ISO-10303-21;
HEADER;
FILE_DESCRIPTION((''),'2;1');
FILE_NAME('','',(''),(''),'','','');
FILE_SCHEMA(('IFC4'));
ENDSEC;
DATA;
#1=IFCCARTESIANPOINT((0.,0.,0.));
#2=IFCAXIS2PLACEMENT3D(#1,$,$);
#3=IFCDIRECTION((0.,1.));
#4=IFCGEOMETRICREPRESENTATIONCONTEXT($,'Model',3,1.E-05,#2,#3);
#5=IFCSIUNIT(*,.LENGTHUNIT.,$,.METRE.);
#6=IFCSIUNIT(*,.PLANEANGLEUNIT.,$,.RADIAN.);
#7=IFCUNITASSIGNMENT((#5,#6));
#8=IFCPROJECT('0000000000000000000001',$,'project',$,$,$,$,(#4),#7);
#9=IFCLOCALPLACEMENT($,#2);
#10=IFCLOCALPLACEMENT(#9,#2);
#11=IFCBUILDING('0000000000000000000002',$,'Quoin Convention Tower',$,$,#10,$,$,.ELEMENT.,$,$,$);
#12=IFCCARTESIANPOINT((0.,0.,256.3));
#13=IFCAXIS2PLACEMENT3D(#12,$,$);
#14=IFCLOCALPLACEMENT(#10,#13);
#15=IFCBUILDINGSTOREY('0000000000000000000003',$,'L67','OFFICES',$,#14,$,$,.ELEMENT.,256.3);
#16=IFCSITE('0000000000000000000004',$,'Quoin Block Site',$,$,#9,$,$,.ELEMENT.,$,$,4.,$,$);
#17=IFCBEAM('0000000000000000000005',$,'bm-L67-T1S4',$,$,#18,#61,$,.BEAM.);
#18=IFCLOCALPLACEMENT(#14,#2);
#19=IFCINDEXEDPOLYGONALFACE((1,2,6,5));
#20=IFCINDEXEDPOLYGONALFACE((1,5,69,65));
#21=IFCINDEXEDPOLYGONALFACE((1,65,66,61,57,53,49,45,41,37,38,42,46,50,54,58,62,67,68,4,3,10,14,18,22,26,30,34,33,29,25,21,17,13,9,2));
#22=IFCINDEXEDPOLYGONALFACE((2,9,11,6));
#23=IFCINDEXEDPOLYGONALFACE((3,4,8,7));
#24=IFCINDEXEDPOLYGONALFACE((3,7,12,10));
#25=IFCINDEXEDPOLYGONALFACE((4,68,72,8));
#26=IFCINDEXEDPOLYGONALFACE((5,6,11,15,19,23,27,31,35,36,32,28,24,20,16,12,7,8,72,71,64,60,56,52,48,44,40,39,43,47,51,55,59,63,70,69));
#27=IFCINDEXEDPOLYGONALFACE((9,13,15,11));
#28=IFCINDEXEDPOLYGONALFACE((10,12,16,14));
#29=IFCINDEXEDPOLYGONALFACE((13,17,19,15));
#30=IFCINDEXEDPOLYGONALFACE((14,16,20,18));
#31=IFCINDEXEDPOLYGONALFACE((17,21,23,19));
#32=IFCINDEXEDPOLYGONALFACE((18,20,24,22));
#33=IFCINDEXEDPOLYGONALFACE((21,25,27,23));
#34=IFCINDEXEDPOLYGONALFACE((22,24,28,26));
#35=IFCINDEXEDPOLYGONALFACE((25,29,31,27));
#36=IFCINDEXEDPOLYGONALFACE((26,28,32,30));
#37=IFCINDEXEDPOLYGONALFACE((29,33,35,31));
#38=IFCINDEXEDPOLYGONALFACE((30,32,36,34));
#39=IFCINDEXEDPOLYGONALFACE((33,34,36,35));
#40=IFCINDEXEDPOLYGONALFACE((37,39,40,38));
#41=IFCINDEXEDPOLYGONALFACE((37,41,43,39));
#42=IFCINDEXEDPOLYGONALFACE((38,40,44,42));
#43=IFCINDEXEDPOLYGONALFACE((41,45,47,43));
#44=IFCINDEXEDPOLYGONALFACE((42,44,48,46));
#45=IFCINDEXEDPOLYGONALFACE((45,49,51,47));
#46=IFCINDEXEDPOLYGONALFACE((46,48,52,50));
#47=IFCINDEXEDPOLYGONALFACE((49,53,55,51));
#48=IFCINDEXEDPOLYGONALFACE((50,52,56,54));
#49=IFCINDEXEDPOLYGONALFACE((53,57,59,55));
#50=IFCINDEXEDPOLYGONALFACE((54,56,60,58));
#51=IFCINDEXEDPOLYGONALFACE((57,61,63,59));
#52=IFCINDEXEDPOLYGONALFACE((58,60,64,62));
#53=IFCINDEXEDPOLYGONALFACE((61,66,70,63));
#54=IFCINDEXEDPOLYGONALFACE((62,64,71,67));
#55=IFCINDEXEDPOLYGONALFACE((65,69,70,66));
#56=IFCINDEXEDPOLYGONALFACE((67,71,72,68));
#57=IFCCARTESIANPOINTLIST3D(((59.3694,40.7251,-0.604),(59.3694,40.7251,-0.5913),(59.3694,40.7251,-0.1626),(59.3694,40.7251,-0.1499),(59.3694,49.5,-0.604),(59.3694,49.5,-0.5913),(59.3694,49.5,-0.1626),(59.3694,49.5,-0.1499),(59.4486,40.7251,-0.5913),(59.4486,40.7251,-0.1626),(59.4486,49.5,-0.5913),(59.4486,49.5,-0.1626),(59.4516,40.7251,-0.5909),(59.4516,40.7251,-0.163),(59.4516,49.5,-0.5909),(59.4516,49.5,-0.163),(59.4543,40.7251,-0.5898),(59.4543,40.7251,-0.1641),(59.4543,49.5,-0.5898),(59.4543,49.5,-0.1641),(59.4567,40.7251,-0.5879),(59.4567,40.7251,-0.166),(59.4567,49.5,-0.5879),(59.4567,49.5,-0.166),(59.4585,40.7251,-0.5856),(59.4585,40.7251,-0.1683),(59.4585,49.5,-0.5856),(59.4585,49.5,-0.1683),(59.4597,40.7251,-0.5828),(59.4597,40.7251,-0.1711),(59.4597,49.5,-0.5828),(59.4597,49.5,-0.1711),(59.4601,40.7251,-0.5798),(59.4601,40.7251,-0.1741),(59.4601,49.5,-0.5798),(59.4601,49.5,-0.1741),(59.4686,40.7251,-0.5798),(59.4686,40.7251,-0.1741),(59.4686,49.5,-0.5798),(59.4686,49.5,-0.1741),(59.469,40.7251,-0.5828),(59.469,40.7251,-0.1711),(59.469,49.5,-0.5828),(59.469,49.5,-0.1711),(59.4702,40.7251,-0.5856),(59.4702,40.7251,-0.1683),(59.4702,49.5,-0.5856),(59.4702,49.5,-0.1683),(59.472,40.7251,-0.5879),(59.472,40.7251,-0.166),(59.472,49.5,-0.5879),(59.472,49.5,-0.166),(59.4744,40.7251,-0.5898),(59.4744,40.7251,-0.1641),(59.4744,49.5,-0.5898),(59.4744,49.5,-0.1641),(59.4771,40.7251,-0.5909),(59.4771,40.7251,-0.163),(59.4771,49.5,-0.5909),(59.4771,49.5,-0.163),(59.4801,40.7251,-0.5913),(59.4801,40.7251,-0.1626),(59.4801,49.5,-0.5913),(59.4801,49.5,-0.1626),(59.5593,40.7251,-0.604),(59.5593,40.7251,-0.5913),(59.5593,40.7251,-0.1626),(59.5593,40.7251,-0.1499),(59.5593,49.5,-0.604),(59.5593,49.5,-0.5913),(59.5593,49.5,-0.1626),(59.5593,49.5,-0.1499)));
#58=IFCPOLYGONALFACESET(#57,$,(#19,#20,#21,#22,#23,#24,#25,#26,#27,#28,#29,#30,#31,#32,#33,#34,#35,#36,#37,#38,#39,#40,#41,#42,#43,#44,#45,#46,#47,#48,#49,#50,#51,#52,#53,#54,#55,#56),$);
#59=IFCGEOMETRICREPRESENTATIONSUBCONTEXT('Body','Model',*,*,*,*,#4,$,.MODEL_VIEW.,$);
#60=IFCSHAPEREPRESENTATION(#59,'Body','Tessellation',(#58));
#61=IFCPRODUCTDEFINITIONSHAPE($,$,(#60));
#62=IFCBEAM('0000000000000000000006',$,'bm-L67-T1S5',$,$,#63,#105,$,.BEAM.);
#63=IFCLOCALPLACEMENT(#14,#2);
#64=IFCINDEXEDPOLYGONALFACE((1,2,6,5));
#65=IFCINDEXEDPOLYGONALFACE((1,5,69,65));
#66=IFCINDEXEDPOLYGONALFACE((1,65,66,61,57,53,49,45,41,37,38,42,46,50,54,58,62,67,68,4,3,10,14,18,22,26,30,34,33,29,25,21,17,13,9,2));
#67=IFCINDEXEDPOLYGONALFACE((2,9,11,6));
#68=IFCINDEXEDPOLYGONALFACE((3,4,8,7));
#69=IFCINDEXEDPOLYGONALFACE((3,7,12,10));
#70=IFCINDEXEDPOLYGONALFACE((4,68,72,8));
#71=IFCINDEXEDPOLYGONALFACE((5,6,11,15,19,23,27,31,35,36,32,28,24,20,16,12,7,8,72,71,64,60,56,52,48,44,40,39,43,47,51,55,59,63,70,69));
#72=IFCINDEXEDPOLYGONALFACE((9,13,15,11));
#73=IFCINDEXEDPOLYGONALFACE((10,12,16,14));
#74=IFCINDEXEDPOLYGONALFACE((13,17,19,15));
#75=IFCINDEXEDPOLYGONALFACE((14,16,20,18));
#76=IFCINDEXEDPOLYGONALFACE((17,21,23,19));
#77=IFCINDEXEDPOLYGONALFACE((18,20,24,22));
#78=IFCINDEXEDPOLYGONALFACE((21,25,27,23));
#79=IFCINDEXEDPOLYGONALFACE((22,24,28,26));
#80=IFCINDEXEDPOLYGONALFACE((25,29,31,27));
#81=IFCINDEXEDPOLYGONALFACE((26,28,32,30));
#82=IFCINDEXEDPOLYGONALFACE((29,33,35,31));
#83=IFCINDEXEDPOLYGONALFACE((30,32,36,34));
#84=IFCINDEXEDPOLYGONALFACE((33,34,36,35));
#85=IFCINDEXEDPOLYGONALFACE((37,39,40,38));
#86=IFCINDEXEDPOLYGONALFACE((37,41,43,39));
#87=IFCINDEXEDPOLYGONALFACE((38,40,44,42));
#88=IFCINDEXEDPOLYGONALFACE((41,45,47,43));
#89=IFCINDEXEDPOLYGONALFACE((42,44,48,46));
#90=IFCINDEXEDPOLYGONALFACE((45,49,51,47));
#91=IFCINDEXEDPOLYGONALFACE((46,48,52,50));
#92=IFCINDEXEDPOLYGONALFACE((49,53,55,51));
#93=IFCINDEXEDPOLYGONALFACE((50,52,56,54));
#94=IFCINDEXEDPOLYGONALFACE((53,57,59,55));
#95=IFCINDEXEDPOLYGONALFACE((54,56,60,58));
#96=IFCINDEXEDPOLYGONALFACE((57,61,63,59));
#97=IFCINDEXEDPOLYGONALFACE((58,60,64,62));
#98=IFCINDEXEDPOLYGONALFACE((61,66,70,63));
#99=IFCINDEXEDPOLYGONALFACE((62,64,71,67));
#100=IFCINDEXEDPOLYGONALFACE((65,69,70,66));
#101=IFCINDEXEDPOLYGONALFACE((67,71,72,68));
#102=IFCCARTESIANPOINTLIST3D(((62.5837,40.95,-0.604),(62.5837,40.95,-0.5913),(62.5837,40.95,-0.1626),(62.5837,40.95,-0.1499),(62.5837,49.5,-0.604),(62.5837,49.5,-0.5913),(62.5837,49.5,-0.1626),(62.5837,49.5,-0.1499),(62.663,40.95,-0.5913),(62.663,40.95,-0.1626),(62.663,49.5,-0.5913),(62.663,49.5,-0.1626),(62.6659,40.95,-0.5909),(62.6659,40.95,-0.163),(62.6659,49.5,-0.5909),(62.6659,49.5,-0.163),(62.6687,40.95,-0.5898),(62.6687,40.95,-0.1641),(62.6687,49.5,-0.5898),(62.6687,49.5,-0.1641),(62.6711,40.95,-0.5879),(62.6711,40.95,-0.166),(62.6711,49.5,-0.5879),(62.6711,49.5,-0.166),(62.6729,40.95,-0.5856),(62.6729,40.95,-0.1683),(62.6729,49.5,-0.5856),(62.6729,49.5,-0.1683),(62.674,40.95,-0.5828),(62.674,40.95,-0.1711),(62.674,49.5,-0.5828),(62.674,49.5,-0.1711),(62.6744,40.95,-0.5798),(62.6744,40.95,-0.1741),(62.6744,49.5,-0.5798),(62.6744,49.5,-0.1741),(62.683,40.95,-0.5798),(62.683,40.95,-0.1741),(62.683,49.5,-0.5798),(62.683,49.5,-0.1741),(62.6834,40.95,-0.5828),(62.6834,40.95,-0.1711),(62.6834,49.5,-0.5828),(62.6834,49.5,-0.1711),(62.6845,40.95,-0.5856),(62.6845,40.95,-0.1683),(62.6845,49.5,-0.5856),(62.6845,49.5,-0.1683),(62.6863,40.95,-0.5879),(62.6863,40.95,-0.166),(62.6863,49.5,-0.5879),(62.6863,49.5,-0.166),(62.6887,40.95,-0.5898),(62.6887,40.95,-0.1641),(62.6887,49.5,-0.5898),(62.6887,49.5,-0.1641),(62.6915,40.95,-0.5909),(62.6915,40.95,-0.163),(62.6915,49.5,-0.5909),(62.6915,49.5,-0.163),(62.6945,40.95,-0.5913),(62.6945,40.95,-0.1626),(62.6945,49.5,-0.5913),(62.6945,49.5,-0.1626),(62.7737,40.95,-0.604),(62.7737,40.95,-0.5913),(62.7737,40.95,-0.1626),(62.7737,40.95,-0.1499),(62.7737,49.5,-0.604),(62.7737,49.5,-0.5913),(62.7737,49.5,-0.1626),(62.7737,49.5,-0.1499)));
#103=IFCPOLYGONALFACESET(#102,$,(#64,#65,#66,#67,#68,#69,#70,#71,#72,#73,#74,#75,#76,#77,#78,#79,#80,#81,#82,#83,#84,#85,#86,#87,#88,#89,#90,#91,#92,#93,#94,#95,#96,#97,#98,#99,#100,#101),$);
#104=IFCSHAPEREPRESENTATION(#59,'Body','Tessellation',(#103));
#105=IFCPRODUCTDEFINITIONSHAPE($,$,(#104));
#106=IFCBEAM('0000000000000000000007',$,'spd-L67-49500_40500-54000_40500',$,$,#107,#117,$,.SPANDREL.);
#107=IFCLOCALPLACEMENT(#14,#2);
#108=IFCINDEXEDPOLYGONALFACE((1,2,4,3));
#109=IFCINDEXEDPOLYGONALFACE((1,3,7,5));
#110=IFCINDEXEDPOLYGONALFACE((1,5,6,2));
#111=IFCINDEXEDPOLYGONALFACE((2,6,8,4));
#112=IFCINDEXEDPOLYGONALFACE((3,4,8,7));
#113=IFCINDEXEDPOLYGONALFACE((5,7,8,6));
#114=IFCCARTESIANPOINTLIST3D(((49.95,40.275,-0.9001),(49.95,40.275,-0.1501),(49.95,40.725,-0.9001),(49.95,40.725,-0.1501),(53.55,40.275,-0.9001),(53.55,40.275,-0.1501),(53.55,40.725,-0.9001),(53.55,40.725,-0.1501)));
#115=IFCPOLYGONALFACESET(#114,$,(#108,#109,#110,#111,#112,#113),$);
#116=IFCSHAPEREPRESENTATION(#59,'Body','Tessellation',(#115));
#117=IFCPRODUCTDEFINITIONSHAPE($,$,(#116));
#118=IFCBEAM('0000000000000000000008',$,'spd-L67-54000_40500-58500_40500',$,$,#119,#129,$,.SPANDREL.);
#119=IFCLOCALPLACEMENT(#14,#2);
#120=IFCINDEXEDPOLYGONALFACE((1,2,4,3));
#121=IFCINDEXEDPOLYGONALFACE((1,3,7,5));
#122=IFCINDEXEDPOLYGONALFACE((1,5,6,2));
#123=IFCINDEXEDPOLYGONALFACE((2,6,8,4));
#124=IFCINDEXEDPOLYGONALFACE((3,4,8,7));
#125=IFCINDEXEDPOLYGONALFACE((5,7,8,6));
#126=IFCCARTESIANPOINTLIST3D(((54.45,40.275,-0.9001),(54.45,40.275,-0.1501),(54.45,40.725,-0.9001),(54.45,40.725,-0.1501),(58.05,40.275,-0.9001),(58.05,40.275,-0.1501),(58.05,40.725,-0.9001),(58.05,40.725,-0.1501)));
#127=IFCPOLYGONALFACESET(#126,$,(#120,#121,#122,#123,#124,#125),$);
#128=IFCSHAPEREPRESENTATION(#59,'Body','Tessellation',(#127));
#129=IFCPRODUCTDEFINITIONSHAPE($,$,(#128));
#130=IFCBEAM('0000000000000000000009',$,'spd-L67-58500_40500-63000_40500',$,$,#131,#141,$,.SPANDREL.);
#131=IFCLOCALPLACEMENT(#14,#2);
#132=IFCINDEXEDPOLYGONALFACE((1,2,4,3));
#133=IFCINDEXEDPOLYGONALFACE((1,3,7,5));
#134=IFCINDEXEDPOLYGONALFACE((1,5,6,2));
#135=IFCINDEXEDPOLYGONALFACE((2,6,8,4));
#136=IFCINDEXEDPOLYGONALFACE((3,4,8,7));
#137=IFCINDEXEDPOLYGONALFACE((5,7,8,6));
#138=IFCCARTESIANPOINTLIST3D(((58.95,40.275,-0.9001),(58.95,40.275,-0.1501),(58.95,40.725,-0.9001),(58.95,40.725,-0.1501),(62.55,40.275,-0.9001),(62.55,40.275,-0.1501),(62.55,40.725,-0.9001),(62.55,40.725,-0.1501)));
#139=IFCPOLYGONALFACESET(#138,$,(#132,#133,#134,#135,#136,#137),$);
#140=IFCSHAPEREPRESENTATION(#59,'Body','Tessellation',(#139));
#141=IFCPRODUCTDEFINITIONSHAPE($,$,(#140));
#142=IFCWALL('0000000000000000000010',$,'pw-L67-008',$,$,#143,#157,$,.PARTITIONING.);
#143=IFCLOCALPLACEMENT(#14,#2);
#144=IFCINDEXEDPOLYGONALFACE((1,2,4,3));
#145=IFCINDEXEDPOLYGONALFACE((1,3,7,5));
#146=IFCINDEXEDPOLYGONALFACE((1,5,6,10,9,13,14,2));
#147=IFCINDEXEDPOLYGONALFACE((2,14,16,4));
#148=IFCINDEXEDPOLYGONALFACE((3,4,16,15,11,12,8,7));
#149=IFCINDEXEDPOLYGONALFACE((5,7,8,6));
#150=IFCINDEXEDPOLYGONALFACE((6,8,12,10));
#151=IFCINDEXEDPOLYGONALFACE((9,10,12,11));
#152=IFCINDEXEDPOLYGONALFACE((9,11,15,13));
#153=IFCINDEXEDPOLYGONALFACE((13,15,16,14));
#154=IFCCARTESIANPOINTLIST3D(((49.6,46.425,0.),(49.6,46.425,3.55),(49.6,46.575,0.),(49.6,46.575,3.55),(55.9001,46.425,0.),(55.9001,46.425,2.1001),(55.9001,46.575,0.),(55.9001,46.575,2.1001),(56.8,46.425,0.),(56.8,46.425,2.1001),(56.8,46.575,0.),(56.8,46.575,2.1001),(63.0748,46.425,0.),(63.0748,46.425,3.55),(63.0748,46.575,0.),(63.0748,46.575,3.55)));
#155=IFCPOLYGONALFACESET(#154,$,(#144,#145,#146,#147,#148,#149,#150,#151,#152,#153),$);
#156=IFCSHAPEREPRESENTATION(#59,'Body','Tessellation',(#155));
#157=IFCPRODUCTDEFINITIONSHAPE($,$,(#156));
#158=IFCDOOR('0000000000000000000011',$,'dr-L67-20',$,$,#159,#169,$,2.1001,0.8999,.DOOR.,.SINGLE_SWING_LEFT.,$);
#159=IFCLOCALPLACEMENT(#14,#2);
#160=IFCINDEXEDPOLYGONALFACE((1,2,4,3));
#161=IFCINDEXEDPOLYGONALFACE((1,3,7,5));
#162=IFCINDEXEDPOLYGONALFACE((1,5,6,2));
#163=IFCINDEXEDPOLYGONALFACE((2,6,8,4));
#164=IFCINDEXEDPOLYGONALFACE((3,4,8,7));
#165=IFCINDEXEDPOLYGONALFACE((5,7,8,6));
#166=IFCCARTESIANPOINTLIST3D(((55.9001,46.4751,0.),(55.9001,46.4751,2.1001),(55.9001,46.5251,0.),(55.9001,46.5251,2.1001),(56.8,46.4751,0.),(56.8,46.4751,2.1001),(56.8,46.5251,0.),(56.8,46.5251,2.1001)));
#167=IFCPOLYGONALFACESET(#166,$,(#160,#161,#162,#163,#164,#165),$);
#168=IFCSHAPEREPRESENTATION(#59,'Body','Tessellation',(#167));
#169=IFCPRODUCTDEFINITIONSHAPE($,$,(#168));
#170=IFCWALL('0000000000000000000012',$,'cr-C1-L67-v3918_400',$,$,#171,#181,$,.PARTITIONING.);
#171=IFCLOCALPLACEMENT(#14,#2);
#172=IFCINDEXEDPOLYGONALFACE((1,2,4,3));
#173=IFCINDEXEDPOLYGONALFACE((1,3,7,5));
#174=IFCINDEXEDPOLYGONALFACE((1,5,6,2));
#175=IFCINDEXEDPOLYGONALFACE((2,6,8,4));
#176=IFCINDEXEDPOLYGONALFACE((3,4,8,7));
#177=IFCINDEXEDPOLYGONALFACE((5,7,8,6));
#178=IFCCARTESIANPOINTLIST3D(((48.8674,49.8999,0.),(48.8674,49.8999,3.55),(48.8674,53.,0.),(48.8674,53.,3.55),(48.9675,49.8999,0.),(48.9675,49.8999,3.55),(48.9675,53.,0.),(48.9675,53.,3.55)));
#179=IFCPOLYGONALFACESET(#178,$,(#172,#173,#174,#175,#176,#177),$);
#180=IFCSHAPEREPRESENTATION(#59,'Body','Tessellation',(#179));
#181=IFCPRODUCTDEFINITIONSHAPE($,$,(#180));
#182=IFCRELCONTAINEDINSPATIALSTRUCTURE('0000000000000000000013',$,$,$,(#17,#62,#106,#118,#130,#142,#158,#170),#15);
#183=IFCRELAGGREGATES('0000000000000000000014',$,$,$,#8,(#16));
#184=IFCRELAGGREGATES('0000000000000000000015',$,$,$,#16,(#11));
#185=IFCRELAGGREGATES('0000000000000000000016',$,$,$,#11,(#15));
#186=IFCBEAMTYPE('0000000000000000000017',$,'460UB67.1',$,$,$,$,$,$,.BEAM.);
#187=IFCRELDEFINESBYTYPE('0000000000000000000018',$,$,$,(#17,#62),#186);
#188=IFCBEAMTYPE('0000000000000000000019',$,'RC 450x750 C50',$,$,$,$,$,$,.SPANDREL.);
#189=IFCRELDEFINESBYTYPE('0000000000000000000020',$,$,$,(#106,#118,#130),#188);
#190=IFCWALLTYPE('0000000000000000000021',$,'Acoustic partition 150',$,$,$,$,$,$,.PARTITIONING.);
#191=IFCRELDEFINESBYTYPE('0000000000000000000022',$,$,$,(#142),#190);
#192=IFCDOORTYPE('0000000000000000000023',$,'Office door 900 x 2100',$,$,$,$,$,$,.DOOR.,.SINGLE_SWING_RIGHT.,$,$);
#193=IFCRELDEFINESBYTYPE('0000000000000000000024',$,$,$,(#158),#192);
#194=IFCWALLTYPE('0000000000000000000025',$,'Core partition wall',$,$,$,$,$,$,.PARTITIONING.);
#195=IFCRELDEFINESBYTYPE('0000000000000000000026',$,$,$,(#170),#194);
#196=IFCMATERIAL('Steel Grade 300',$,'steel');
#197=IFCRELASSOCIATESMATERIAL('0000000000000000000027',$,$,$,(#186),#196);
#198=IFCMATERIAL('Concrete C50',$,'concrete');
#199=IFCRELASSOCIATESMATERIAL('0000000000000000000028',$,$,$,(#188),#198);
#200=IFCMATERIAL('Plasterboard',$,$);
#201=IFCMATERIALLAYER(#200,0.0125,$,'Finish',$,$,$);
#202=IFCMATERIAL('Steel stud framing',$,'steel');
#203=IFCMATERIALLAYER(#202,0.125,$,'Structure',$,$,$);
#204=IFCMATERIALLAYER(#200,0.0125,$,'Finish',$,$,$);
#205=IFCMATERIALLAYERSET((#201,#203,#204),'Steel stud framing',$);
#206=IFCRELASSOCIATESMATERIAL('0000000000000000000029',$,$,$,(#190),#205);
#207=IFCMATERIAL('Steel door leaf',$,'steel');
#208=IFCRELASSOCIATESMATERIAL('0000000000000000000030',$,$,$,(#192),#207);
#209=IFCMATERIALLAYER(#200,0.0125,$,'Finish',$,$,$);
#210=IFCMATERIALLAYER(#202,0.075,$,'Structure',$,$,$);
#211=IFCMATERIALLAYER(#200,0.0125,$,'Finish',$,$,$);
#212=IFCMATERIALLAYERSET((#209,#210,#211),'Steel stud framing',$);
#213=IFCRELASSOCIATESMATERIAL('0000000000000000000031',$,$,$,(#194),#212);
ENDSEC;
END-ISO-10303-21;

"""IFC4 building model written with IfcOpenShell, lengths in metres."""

from ifc_helpers import new_model, si_unit, direction, frame, frame_2d, origin, origin_2d, place, context, subcontext, project, spatial, rectangle, i_section, extrude, material, layer, layer_set, material_profile, profile_set, type_object, element, fill, save


model = new_model("IFC4")

# Units and contexts
model_context = context("Model", 3, precision=1e-05, world=origin(), true_north=direction((0.0, 1.0)))
body_context = subcontext(model_context, "Body", "Model", "MODEL_VIEW")
ifc_project = project(units=[si_unit("LENGTHUNIT", "METRE"), si_unit("PLANEANGLEUNIT", "RADIAN")], contexts=[model_context])

# Site, building, storey
site_placement = place(None, origin())
site = spatial("IfcSite", under=ifc_project, at=site_placement, Name="Quoin Block Site", CompositionType="ELEMENT", RefElevation=4.0)
building_placement = place(site_placement, origin())
building = spatial("IfcBuilding", under=site, at=building_placement, Name="Quoin Convention Tower", CompositionType="ELEMENT")
storey_placement = place(building_placement, frame((0.0, 0.0, 256.3)))
storey = spatial("IfcBuildingStorey", under=building, at=storey_placement, Name="L67", Description="OFFICES", CompositionType="ELEMENT", Elevation=256.3)

# Shared definitions
ifc_material_1 = material(Name="Concrete C50", Category="concrete")

# Beams
ifc_material_2 = material(Name="Steel Grade 300", Category="steel")
ifc_material_profile_1 = material_profile(ifc_material_2, i_section(OverallWidth=0.1899, OverallDepth=0.4541, WebThickness=0.0085, FlangeThickness=0.0127, FilletRadius=0.0115, at=origin_2d()), Name="460UB67.1")
ifc_profile_set_1 = profile_set([ifc_material_profile_1], Name="Steel Grade 300")
beam_type_1 = type_object("IfcBeamType", Name="460UB67.1", PredefinedType="BEAM", material=ifc_profile_set_1)
for number, where, z_axis, x_axis, name in (
    (1, (59.4644, 40.7251, -0.377), (0.0, 1.0, 0.0), (-1.0, 0.0, 0.0), "bm-L67-T1S4"),
):
    element("IfcBeam", number, at=place(storey_placement, frame(where, z_axis=z_axis, x_axis=x_axis)), inside=storey, type_object=beam_type_1, Name=name, PredefinedType="BEAM", context=body_context, shape_type="SweptSolid", body=[
        extrude(i_section(OverallWidth=0.1899, OverallDepth=0.4541, WebThickness=0.0085, FlangeThickness=0.0127, FilletRadius=0.0115, at=origin_2d()), origin(), (0.0, 0.0, 1.0), 8.7749),
    ])
beam_1_placement = place(storey_placement, frame((62.6787, 40.95, -0.377), z_axis=(0.0, 1.0, 0.0), x_axis=(-1.0, 0.0, 0.0)))
element("IfcBeam", 2, at=beam_1_placement, inside=storey, type_object=beam_type_1, Name="bm-L67-T1S5", PredefinedType="BEAM", context=body_context, shape_type="SweptSolid", body=[
    extrude(i_section(OverallWidth=0.1899, OverallDepth=0.4541, WebThickness=0.0085, FlangeThickness=0.0127, FilletRadius=0.0115, at=origin_2d()), origin(), (0.0, 0.0, 1.0), 8.55),
])
ifc_material_profile_2 = material_profile(ifc_material_1, rectangle(XDim=0.45, YDim=0.75, at=origin_2d()), Name="RC 450x750")
ifc_profile_set_2 = profile_set([ifc_material_profile_2], Name="Concrete C50")
beam_type_2 = type_object("IfcBeamType", Name="RC 450x750 C50", PredefinedType="SPANDREL", material=ifc_profile_set_2)
for number, where, z_axis, x_axis, name in (
    (3, (49.95, 40.5, -0.5251), (1.0, 0.0, 0.0), (0.0, 1.0, 0.0), "spd-L67-49500_40500-54000_40500"),
    (4, (54.45, 40.5, -0.5251), (1.0, 0.0, 0.0), (0.0, 1.0, 0.0), "spd-L67-54000_40500-58500_40500"),
    (5, (58.95, 40.5, -0.5251), (1.0, 0.0, 0.0), (0.0, 1.0, 0.0), "spd-L67-58500_40500-63000_40500"),
):
    element("IfcBeam", number, at=place(storey_placement, frame(where, z_axis=z_axis, x_axis=x_axis)), inside=storey, type_object=beam_type_2, Name=name, PredefinedType="SPANDREL", context=body_context, shape_type="SweptSolid", body=[
        extrude(rectangle(XDim=0.45, YDim=0.75, at=origin_2d()), origin(), (0.0, 0.0, 1.0), 3.6001),
    ])

# Wall, opening, door
ifc_material_3 = material(Name="Plasterboard")
ifc_layer_1 = layer(ifc_material_3, 0.0125, Name="Finish")
ifc_material_4 = material(Name="Steel stud framing", Category="steel")
ifc_layer_2 = layer(ifc_material_4, 0.125, Name="Structure")
ifc_layer_3 = layer(ifc_material_3, 0.0125, Name="Finish")
ifc_layer_set_1 = layer_set([ifc_layer_1, ifc_layer_2, ifc_layer_3], Name="Steel stud framing")
wall_type_1 = type_object("IfcWallType", Name="Acoustic partition 150", PredefinedType="PARTITIONING", material=ifc_layer_set_1)
wall_1_placement = place(storey_placement, frame((49.6001, 46.5, 0.0), z_axis=(0.0, 0.0, 1.0), x_axis=(1.0, 0.0, 0.0)))
wall_1 = element("IfcWall", 6, at=wall_1_placement, inside=storey, type_object=wall_type_1, Name="pw-L67-008", PredefinedType="PARTITIONING", context=body_context, shape_type="SweptSolid", body=[
    extrude(rectangle(XDim=13.4749, YDim=0.1499, at=frame_2d((6.7373, 0.0))), origin(), (0.0, 0.0, 1.0), 3.55),
])
opening_placement = place(wall_1_placement, frame((6.3, 0.0, 0.0)))
opening = element("IfcOpeningElement", 7, at=opening_placement, cuts=wall_1, PredefinedType="OPENING", context=body_context, shape_type="SweptSolid", body=[
    extrude(rectangle(XDim=0.8999, YDim=2.1001, at=frame_2d((0.45, 1.05))), frame((0.0, 0.085, 0.0), z_axis=(0.0, -1.0, 0.0), x_axis=(1.0, 0.0, 0.0)), (0.0, 0.0, 1.0), 0.1699),
])
ifc_material_5 = material(Name="Steel door leaf", Category="steel")
door_type = type_object("IfcDoorType", Name="Office door 900 x 2100", OperationType="SINGLE_SWING_RIGHT", PredefinedType="DOOR", material=ifc_material_5)
door_placement = place(opening_placement, frame((0.8999, 0.0, 0.0), z_axis=(0.0, 0.0, 1.0), x_axis=(-1.0, 0.0, 0.0)))
door = element("IfcDoor", 8, at=door_placement, inside=storey, type_object=door_type, Name="dr-L67-20", OperationType="SINGLE_SWING_LEFT", OverallHeight=2.1001, OverallWidth=0.8999, PredefinedType="DOOR", context=body_context, shape_type="SweptSolid", body=[
    extrude(rectangle(XDim=0.8999, YDim=2.1001, at=frame_2d((0.45, 1.05))), frame((0.0, 0.0249, 0.0), z_axis=(0.0, -1.0, 0.0), x_axis=(1.0, 0.0, 0.0)), (0.0, 0.0, 1.0), 0.05),
])
fill(opening, door)

# Wall
ifc_layer_4 = layer(ifc_material_3, 0.0125, Name="Finish")
ifc_layer_5 = layer(ifc_material_4, 0.075, Name="Structure")
ifc_layer_6 = layer(ifc_material_3, 0.0125, Name="Finish")
ifc_layer_set_2 = layer_set([ifc_layer_4, ifc_layer_5, ifc_layer_6], Name="Steel stud framing")
wall_type_2 = type_object("IfcWallType", Name="Core partition wall", PredefinedType="PARTITIONING", material=ifc_layer_set_2)
for number, where, z_axis, x_axis, name in (
    (9, (48.9175, 49.8999, 0.0), (0.0, 0.0, 1.0), (0.0, 1.0, 0.0), "cr-C1-L67-v3918_400"),
):
    element("IfcWall", number, at=place(storey_placement, frame(where, z_axis=z_axis, x_axis=x_axis)), inside=storey, type_object=wall_type_2, Name=name, PredefinedType="PARTITIONING", context=body_context, shape_type="SweptSolid", body=[
        extrude(rectangle(XDim=3.1001, YDim=0.1001, at=frame_2d((1.55, 0.0))), origin(), (0.0, 0.0, 1.0), 3.55),
    ])

save(model, "model.ifc")
